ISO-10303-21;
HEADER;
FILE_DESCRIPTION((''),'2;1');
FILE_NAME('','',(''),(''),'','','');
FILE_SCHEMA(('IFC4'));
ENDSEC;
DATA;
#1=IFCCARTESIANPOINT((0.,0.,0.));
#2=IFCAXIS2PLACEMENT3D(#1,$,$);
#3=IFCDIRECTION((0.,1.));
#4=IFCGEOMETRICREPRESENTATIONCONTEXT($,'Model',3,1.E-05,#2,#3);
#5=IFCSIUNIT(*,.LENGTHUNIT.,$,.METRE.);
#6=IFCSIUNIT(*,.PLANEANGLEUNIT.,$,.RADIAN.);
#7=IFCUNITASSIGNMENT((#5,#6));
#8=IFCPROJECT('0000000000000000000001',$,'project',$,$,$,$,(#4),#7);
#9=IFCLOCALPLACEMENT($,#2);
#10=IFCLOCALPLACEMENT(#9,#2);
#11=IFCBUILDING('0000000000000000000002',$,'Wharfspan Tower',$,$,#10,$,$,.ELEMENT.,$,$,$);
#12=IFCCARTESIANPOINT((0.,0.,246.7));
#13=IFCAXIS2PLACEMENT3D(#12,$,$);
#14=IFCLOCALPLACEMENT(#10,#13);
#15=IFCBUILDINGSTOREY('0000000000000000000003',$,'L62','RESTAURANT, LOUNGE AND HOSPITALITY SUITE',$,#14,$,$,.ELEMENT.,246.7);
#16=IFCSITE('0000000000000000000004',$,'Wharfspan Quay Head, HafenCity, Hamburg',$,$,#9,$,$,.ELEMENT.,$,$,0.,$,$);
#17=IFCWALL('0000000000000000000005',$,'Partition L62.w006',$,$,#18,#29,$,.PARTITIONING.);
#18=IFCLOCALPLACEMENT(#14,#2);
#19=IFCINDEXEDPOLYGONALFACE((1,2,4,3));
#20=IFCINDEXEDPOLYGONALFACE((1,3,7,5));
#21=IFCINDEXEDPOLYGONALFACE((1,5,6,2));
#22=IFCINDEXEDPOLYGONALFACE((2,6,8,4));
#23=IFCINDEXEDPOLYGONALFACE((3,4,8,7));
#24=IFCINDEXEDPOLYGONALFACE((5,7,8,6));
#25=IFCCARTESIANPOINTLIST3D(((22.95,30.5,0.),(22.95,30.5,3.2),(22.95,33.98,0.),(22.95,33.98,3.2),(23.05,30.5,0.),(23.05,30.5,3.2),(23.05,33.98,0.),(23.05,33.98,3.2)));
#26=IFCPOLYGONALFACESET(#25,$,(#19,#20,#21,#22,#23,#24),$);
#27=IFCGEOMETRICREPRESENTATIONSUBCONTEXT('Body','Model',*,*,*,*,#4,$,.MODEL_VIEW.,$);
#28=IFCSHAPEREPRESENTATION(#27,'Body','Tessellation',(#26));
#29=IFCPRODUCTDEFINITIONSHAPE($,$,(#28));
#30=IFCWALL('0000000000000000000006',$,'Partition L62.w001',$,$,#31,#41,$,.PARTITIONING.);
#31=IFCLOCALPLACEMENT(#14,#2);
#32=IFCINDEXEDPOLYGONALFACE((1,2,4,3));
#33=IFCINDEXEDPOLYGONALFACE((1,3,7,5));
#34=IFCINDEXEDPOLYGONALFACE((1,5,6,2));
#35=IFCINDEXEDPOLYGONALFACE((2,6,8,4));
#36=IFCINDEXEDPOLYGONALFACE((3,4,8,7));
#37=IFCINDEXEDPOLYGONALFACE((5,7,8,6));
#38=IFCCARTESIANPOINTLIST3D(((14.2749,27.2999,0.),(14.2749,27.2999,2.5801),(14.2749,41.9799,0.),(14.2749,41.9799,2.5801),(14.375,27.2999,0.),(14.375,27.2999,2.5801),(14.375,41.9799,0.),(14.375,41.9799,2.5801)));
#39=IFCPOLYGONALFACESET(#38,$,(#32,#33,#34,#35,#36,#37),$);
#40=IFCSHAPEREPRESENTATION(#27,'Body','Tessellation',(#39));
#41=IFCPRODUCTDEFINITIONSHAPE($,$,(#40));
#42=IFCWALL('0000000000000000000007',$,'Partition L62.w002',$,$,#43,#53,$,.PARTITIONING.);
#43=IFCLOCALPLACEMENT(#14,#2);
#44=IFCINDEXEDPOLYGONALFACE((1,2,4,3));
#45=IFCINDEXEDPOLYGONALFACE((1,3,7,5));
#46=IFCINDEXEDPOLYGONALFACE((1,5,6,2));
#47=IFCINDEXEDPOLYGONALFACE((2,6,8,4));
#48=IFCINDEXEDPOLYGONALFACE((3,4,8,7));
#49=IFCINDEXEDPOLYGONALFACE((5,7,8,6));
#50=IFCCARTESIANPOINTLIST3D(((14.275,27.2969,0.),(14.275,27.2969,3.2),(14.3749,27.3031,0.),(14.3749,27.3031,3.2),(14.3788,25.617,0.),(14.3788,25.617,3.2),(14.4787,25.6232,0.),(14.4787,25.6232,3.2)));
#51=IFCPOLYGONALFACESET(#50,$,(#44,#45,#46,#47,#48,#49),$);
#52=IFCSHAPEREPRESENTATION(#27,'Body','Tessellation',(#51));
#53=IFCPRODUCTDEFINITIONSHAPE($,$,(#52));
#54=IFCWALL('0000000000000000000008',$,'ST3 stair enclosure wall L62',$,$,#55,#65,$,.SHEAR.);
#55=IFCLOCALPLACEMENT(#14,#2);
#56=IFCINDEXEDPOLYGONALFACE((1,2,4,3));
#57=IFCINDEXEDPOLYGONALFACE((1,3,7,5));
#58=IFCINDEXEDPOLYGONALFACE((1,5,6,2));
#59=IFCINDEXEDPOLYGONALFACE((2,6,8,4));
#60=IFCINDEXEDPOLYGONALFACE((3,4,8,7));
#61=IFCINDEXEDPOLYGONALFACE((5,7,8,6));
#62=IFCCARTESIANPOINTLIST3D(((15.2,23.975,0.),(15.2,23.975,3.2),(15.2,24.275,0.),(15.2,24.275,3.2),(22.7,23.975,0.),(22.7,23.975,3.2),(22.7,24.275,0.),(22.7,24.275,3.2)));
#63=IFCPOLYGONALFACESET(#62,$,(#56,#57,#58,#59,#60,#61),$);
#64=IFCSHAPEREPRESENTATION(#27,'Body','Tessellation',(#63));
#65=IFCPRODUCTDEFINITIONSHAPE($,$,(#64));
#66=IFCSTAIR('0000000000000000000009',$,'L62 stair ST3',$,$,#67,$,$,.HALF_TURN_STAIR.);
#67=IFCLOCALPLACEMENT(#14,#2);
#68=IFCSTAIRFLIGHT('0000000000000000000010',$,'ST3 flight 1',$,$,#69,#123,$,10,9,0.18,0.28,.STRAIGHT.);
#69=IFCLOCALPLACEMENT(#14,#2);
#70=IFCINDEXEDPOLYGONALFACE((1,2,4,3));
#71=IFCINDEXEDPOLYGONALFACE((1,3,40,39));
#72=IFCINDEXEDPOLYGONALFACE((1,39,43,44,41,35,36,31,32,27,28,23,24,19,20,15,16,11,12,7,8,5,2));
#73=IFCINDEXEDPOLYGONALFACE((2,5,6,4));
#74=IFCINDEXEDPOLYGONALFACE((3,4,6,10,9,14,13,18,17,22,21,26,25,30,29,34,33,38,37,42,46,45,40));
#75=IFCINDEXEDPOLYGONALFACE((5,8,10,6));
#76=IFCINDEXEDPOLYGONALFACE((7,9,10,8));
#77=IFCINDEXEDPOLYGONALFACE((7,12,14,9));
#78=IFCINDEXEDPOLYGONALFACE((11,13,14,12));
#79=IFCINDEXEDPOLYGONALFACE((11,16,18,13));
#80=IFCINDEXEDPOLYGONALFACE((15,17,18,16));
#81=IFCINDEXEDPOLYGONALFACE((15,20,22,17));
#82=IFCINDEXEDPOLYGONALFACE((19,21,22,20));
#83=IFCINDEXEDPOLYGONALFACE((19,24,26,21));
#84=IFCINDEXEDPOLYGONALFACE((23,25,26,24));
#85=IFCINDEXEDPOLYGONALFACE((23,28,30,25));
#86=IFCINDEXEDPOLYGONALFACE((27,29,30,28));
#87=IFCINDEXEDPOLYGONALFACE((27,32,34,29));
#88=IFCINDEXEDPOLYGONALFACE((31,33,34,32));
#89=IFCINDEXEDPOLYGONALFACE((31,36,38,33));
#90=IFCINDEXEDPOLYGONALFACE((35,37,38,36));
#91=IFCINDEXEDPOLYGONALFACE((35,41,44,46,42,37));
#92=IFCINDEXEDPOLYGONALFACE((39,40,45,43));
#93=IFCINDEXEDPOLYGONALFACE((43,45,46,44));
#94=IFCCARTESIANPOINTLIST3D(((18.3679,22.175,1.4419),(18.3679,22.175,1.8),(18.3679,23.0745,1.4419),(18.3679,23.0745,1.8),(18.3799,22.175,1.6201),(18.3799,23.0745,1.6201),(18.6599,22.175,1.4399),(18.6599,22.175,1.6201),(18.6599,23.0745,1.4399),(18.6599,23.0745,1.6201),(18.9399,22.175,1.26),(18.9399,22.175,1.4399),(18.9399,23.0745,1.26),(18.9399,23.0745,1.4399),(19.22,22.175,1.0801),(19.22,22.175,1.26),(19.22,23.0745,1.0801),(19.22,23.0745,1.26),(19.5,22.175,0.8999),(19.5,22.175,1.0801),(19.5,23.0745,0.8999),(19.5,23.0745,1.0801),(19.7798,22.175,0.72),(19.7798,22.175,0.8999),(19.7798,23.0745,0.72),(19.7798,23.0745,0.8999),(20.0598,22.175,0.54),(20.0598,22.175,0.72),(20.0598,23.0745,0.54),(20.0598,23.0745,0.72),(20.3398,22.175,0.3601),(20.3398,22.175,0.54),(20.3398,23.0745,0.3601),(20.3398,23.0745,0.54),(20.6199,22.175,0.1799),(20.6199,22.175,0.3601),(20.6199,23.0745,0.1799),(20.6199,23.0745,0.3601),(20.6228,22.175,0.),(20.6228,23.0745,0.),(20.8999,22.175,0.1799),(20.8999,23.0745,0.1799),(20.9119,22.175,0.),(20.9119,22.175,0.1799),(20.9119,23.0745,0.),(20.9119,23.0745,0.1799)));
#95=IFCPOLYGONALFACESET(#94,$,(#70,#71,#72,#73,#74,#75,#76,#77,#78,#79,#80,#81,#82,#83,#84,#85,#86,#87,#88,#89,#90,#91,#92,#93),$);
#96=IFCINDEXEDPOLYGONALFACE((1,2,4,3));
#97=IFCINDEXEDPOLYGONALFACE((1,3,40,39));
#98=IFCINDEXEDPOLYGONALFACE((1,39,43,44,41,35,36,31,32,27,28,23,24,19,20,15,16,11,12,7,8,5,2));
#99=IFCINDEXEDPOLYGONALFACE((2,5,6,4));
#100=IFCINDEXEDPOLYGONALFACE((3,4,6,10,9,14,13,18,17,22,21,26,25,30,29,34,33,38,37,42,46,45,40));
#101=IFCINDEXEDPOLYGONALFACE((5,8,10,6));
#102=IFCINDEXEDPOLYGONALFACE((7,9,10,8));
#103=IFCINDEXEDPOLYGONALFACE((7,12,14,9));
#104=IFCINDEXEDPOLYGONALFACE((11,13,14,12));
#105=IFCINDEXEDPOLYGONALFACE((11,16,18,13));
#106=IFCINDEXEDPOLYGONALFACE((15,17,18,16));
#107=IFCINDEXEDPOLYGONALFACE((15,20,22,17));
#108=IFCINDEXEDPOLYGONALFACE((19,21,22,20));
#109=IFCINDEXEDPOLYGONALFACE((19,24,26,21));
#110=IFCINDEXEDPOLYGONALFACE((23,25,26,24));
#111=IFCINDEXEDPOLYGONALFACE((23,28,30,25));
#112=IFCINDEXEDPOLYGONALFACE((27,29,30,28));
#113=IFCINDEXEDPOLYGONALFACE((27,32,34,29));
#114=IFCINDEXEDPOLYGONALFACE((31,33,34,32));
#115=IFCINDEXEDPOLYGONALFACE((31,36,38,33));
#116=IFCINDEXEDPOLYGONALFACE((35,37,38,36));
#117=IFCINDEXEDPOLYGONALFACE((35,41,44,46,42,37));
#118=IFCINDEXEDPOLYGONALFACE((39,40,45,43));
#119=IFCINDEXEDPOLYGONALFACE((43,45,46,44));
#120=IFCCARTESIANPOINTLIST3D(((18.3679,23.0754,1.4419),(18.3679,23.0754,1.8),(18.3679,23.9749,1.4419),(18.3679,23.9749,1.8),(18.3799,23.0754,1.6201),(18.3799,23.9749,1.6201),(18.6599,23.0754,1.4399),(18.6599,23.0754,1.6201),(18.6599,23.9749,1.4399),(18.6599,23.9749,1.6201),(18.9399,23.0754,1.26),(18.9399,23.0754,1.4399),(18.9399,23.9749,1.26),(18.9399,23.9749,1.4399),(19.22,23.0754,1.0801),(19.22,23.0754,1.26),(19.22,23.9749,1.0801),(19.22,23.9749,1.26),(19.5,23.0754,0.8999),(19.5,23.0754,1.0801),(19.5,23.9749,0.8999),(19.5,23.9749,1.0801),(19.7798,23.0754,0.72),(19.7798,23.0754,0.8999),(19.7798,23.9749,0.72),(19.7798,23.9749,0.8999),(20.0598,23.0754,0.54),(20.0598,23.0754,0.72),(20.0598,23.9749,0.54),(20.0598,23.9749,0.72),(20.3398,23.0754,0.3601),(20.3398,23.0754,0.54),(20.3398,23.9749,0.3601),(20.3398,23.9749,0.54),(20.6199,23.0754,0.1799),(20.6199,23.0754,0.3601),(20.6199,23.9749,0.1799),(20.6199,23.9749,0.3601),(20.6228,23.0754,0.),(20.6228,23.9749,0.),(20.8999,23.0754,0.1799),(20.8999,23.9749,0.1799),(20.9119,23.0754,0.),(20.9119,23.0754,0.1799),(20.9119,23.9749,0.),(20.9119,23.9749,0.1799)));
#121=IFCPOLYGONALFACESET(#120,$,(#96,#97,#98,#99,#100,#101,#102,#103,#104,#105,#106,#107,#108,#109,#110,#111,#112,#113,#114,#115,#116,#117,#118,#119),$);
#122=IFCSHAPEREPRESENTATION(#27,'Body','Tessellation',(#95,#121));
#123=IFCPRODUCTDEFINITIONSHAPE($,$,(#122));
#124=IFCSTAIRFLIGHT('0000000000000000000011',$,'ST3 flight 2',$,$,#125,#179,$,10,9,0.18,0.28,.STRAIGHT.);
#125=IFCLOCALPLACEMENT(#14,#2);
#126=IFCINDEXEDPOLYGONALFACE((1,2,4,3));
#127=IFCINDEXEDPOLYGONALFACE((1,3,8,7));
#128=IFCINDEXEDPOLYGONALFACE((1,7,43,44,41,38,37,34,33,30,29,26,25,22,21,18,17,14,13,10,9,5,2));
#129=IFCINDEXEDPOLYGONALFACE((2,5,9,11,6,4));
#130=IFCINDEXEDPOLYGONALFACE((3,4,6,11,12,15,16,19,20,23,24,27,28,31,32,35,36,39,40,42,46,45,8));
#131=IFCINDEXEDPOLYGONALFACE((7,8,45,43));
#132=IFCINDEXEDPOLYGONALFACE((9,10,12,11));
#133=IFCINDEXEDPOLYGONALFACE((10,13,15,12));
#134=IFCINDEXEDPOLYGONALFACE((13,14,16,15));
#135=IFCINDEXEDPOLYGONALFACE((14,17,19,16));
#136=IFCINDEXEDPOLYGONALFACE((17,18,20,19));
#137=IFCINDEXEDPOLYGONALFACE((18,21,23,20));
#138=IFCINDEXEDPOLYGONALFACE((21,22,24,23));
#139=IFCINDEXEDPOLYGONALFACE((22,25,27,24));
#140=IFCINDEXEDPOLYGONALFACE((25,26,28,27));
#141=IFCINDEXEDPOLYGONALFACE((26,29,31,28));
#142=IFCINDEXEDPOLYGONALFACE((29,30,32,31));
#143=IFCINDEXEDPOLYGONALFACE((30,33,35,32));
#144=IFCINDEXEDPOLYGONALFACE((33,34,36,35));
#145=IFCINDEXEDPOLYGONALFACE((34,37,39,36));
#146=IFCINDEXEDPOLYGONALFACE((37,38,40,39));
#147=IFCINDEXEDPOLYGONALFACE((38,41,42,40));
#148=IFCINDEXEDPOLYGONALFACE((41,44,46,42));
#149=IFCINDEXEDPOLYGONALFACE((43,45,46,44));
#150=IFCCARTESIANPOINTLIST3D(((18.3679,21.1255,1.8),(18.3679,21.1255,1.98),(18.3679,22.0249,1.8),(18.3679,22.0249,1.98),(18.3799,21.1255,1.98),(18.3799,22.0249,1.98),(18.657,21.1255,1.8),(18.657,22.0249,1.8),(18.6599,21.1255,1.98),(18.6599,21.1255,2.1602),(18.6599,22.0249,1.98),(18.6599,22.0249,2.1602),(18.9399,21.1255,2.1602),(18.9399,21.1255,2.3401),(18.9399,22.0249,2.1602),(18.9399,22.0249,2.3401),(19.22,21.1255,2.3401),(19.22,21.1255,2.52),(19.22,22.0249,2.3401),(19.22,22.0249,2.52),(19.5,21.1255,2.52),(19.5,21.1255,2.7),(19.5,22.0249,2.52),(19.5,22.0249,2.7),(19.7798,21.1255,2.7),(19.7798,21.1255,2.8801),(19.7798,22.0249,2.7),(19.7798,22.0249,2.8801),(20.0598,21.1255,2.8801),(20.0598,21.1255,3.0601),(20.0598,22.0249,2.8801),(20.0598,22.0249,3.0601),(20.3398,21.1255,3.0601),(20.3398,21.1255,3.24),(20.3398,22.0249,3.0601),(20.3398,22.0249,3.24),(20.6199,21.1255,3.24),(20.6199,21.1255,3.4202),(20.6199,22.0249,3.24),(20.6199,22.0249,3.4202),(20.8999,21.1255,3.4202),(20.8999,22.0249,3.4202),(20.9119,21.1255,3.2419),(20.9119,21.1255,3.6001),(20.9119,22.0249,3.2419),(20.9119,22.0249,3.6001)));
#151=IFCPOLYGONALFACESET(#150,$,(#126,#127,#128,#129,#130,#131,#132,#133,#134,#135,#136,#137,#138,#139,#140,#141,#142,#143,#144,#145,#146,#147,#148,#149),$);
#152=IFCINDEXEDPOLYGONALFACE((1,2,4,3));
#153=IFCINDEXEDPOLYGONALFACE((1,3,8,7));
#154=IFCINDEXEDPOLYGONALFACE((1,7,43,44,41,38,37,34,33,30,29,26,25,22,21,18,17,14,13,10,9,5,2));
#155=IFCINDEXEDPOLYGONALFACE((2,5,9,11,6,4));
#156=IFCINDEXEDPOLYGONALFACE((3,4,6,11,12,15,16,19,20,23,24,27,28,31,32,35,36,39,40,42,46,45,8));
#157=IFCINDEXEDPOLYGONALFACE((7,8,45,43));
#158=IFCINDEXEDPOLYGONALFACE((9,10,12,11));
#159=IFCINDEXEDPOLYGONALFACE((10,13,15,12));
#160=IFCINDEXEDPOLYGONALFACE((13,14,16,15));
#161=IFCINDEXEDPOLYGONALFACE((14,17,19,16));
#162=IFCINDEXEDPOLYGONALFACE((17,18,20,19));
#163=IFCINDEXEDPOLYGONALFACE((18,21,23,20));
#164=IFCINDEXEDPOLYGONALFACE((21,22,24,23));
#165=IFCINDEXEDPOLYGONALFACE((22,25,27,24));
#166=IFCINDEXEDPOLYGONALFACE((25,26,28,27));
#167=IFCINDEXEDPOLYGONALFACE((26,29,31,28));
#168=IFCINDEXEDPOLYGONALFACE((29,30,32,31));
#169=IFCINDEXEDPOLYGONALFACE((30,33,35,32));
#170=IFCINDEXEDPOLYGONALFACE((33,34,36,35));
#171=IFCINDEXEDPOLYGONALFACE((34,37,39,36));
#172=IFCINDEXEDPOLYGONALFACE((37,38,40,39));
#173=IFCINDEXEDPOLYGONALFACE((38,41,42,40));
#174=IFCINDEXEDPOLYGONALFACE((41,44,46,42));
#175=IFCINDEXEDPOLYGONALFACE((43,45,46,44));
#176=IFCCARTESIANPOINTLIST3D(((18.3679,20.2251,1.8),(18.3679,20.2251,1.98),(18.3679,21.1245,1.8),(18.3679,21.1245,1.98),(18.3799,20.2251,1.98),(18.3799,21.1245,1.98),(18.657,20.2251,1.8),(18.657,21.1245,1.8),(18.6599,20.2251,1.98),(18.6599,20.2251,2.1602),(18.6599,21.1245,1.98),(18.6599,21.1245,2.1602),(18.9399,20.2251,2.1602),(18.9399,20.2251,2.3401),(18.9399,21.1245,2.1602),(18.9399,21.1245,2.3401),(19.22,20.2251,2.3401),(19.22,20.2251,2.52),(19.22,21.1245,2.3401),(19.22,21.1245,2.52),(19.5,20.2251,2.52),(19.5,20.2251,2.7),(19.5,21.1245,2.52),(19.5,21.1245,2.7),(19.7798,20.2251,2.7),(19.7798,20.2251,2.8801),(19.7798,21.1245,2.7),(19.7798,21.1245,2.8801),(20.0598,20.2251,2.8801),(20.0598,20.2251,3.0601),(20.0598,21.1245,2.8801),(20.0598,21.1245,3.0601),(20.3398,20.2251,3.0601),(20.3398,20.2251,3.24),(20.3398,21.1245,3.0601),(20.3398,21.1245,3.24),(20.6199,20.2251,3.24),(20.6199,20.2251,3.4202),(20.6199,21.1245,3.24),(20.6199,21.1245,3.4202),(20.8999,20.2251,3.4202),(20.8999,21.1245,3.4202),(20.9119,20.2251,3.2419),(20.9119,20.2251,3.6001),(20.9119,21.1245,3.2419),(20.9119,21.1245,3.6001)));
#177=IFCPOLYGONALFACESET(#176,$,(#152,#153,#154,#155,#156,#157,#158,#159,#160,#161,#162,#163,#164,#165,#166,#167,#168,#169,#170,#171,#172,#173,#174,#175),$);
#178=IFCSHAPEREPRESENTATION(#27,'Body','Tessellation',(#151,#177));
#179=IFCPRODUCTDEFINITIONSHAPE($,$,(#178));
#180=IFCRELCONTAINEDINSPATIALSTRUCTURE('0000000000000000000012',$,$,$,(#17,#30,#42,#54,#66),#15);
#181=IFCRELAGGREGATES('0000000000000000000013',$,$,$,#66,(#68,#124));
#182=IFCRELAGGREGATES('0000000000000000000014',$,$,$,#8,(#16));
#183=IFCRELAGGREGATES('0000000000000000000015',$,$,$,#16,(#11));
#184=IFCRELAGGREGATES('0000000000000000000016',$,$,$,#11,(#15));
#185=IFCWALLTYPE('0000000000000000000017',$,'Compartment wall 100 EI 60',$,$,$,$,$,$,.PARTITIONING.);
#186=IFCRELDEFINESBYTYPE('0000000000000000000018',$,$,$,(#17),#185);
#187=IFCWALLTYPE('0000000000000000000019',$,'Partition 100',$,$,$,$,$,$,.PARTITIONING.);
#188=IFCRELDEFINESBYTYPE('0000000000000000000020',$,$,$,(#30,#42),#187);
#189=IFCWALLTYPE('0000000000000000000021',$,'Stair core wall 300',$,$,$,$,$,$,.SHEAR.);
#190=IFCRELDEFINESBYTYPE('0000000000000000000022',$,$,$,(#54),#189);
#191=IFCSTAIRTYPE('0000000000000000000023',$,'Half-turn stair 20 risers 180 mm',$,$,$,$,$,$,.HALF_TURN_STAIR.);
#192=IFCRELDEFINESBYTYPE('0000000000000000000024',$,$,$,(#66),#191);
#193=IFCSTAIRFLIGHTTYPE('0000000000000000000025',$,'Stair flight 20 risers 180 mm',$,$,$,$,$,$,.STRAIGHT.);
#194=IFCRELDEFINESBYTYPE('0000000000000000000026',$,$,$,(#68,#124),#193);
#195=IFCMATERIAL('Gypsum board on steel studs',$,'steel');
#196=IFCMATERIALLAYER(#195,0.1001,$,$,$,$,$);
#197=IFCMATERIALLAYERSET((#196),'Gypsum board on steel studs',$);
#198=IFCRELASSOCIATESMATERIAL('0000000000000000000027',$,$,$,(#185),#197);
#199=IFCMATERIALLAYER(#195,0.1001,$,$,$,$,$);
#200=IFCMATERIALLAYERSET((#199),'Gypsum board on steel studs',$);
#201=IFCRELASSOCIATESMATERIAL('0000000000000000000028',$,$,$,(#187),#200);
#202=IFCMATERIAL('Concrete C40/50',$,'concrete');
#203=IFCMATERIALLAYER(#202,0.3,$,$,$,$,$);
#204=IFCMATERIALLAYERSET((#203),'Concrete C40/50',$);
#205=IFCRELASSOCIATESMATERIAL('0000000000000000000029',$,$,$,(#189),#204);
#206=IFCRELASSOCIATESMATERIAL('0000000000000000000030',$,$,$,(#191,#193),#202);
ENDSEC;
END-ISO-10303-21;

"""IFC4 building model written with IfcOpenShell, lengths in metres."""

from ifc_helpers import new_model, si_unit, direction, frame, frame_2d, origin, place, context, subcontext, project, spatial, polyline, rectangle, outline, extrude, material, layer, layer_set, type_object, element, aggregate, save


model = new_model("IFC4")

# Units and contexts
model_context = context("Model", 3, precision=1e-05, world=origin(), true_north=direction((0.0, 1.0)))
body_context = subcontext(model_context, "Body", "Model", "MODEL_VIEW")
ifc_project = project(units=[si_unit("LENGTHUNIT", "METRE"), si_unit("PLANEANGLEUNIT", "RADIAN")], contexts=[model_context])

# Site, building, storey
site_placement = place(None, origin())
site = spatial("IfcSite", under=ifc_project, at=site_placement, Name="Wharfspan Quay Head, HafenCity, Hamburg", CompositionType="ELEMENT", RefElevation=0.0)
building_placement = place(site_placement, origin())
building = spatial("IfcBuilding", under=site, at=building_placement, Name="Wharfspan Tower", CompositionType="ELEMENT")
storey_placement = place(building_placement, frame((0.0, 0.0, 246.7)))
storey = spatial("IfcBuildingStorey", under=building, at=storey_placement, Name="L62", Description="RESTAURANT, LOUNGE AND HOSPITALITY SUITE", CompositionType="ELEMENT", Elevation=246.7)

# Walls
ifc_material_1 = material(Name="Gypsum board on steel studs", Category="steel")
ifc_layer_1 = layer(ifc_material_1, 0.1001)
ifc_layer_set_1 = layer_set([ifc_layer_1], Name="Gypsum board on steel studs")
wall_type_1 = type_object("IfcWallType", Name="Compartment wall 100 EI 60", PredefinedType="PARTITIONING", material=ifc_layer_set_1)
wall_1_placement = place(storey_placement, frame((23.0, 30.5, 0.0), z_axis=(0.0, 0.0, 1.0), x_axis=(0.0, 1.0, 0.0)))
element("IfcWall", 1, at=wall_1_placement, inside=storey, type_object=wall_type_1, Name="Partition L62.w006", PredefinedType="PARTITIONING", context=body_context, shape_type="SweptSolid", body=[
    extrude(rectangle(XDim=3.48, YDim=0.1001, at=frame_2d((1.74, 0.0))), origin(), (0.0, 0.0, 1.0), 3.2),
])
ifc_layer_2 = layer(ifc_material_1, 0.1001)
ifc_layer_set_2 = layer_set([ifc_layer_2], Name="Gypsum board on steel studs")
wall_type_2 = type_object("IfcWallType", Name="Partition 100", PredefinedType="PARTITIONING", material=ifc_layer_set_2)
wall_2_placement = place(storey_placement, frame((14.325, 27.3, 0.0), z_axis=(0.0, 0.0, 1.0), x_axis=(0.0, 1.0, 0.0)))
element("IfcWall", 2, at=wall_2_placement, inside=storey, type_object=wall_type_2, Name="Partition L62.w001", PredefinedType="PARTITIONING", context=body_context, shape_type="SweptSolid", body=[
    extrude(rectangle(XDim=14.6799, YDim=0.1001, at=frame_2d((7.3398, 0.0))), origin(), (0.0, 0.0, 1.0), 2.5801),
])
wall_3_placement = place(storey_placement, frame((14.4287, 25.6201, 0.0), z_axis=(0.0, 0.0, 1.0), x_axis=(-0.061647, 0.998101, 0.0)))
element("IfcWall", 3, at=wall_3_placement, inside=storey, type_object=wall_type_2, Name="Partition L62.w002", PredefinedType="PARTITIONING", context=body_context, shape_type="SweptSolid", body=[
    extrude(rectangle(XDim=1.6831, YDim=0.1001, at=frame_2d((0.8416, 0.0))), origin(), (0.0, 0.0, 1.0), 3.2),
])
ifc_material_2 = material(Name="Concrete C40/50", Category="concrete")
ifc_layer_3 = layer(ifc_material_2, 0.3)
ifc_layer_set_3 = layer_set([ifc_layer_3], Name="Concrete C40/50")
wall_type_3 = type_object("IfcWallType", Name="Stair core wall 300", PredefinedType="SHEAR", material=ifc_layer_set_3)
wall_4_placement = place(storey_placement, frame((15.2, 24.125, 0.0), z_axis=(0.0, 0.0, 1.0), x_axis=(1.0, 0.0, 0.0)))
element("IfcWall", 4, at=wall_4_placement, inside=storey, type_object=wall_type_3, Name="ST3 stair enclosure wall L62", PredefinedType="SHEAR", context=body_context, shape_type="SweptSolid", body=[
    extrude(rectangle(XDim=7.5, YDim=0.3, at=frame_2d((3.75, 0.0))), origin(), (0.0, 0.0, 1.0), 3.2),
])

# Stair, stair flights
stair_type = type_object("IfcStairType", Name="Half-turn stair 20 risers 180 mm", PredefinedType="HALF_TURN_STAIR", material=ifc_material_2)
stair_placement = place(storey_placement, origin())
stair = element("IfcStair", 5, at=stair_placement, inside=storey, type_object=stair_type, Name="L62 stair ST3", PredefinedType="HALF_TURN_STAIR")
stair_flight_type = type_object("IfcStairFlightType", Name="Stair flight 20 risers 180 mm", PredefinedType="STRAIGHT", material=ifc_material_2)
stair_flight_1_placement = place(storey_placement, frame((20.8999, 23.075, 0.0), z_axis=(0.0, 0.0, 1.0), x_axis=(-1.0, 0.0, 0.0)))
stair_flight_1 = element("IfcStairFlight", 6, at=stair_flight_1_placement, type_object=stair_flight_type, Name="ST3 flight 1", NumberOfRisers=10, NumberOfTreads=9, PredefinedType="STRAIGHT", RiserHeight=0.18, TreadLength=0.28, context=body_context, shape_type="SweptSolid", body=[
    extrude(outline(polyline([(-0.012, 0.0), (-0.012, 0.1799), (0.0, 0.1799), (0.28, 0.1799), (0.28, 0.3601), (0.5601, 0.3601), (0.5601, 0.54), (0.8401, 0.54), (0.8401, 0.72), (1.1201, 0.72), (1.1201, 0.8999), (1.3999, 0.8999), (1.3999, 1.0801), (1.6799, 1.0801), (1.6799, 1.26), (1.96, 1.26), (1.96, 1.4399), (2.24, 1.4399), (2.24, 1.6201), (2.52, 1.6201), (2.532, 1.8), (2.532, 1.4419), (0.2771, 0.0), (-0.012, 0.0)])), frame((0.0, 0.8999, 0.0), z_axis=(0.0, -1.0, 0.0), x_axis=(1.0, 0.0, 0.0)), (0.0, 0.0, 1.0), 0.8994),
    extrude(outline(polyline([(-0.012, 0.0), (-0.012, 0.1799), (0.0, 0.1799), (0.28, 0.1799), (0.28, 0.3601), (0.5601, 0.3601), (0.5601, 0.54), (0.8401, 0.54), (0.8401, 0.72), (1.1201, 0.72), (1.1201, 0.8999), (1.3999, 0.8999), (1.3999, 1.0801), (1.6799, 1.0801), (1.6799, 1.26), (1.96, 1.26), (1.96, 1.4399), (2.24, 1.4399), (2.24, 1.6201), (2.52, 1.6201), (2.532, 1.8), (2.532, 1.4419), (0.2771, 0.0), (-0.012, 0.0)])), frame((0.0, -0.0005, 0.0), z_axis=(0.0, -1.0, 0.0), x_axis=(1.0, 0.0, 0.0)), (0.0, 0.0, 1.0), 0.8994),
])
stair_flight_2_placement = place(storey_placement, frame((18.3799, 21.125, 1.8), z_axis=(0.0, 0.0, 1.0), x_axis=(1.0, 0.0, 0.0)))
stair_flight_2 = element("IfcStairFlight", 7, at=stair_flight_2_placement, type_object=stair_flight_type, Name="ST3 flight 2", NumberOfRisers=10, NumberOfTreads=9, PredefinedType="STRAIGHT", RiserHeight=0.18, TreadLength=0.28, context=body_context, shape_type="SweptSolid", body=[
    extrude(outline(polyline([(-0.012, 0.0), (-0.012, 0.1799), (0.0, 0.1799), (0.28, 0.1799), (0.28, 0.3601), (0.5601, 0.3601), (0.5601, 0.54), (0.8401, 0.54), (0.8401, 0.72), (1.1201, 0.72), (1.1201, 0.8999), (1.3999, 0.8999), (1.3999, 1.0801), (1.6799, 1.0801), (1.6799, 1.26), (1.96, 1.26), (1.96, 1.4399), (2.24, 1.4399), (2.24, 1.6201), (2.52, 1.6201), (2.532, 1.8), (2.532, 1.4419), (0.2771, 0.0), (-0.012, 0.0)])), frame((0.0, 0.8999, 0.0), z_axis=(0.0, -1.0, 0.0), x_axis=(1.0, 0.0, 0.0)), (0.0, 0.0, 1.0), 0.8994),
    extrude(outline(polyline([(-0.012, 0.0), (-0.012, 0.1799), (0.0, 0.1799), (0.28, 0.1799), (0.28, 0.3601), (0.5601, 0.3601), (0.5601, 0.54), (0.8401, 0.54), (0.8401, 0.72), (1.1201, 0.72), (1.1201, 0.8999), (1.3999, 0.8999), (1.3999, 1.0801), (1.6799, 1.0801), (1.6799, 1.26), (1.96, 1.26), (1.96, 1.4399), (2.24, 1.4399), (2.24, 1.6201), (2.52, 1.6201), (2.532, 1.8), (2.532, 1.4419), (0.2771, 0.0), (-0.012, 0.0)])), frame((0.0, -0.0005, 0.0), z_axis=(0.0, -1.0, 0.0), x_axis=(1.0, 0.0, 0.0)), (0.0, 0.0, 1.0), 0.8994),
])
aggregate(stair, [stair_flight_1, stair_flight_2])

save(model, "model.ifc")
